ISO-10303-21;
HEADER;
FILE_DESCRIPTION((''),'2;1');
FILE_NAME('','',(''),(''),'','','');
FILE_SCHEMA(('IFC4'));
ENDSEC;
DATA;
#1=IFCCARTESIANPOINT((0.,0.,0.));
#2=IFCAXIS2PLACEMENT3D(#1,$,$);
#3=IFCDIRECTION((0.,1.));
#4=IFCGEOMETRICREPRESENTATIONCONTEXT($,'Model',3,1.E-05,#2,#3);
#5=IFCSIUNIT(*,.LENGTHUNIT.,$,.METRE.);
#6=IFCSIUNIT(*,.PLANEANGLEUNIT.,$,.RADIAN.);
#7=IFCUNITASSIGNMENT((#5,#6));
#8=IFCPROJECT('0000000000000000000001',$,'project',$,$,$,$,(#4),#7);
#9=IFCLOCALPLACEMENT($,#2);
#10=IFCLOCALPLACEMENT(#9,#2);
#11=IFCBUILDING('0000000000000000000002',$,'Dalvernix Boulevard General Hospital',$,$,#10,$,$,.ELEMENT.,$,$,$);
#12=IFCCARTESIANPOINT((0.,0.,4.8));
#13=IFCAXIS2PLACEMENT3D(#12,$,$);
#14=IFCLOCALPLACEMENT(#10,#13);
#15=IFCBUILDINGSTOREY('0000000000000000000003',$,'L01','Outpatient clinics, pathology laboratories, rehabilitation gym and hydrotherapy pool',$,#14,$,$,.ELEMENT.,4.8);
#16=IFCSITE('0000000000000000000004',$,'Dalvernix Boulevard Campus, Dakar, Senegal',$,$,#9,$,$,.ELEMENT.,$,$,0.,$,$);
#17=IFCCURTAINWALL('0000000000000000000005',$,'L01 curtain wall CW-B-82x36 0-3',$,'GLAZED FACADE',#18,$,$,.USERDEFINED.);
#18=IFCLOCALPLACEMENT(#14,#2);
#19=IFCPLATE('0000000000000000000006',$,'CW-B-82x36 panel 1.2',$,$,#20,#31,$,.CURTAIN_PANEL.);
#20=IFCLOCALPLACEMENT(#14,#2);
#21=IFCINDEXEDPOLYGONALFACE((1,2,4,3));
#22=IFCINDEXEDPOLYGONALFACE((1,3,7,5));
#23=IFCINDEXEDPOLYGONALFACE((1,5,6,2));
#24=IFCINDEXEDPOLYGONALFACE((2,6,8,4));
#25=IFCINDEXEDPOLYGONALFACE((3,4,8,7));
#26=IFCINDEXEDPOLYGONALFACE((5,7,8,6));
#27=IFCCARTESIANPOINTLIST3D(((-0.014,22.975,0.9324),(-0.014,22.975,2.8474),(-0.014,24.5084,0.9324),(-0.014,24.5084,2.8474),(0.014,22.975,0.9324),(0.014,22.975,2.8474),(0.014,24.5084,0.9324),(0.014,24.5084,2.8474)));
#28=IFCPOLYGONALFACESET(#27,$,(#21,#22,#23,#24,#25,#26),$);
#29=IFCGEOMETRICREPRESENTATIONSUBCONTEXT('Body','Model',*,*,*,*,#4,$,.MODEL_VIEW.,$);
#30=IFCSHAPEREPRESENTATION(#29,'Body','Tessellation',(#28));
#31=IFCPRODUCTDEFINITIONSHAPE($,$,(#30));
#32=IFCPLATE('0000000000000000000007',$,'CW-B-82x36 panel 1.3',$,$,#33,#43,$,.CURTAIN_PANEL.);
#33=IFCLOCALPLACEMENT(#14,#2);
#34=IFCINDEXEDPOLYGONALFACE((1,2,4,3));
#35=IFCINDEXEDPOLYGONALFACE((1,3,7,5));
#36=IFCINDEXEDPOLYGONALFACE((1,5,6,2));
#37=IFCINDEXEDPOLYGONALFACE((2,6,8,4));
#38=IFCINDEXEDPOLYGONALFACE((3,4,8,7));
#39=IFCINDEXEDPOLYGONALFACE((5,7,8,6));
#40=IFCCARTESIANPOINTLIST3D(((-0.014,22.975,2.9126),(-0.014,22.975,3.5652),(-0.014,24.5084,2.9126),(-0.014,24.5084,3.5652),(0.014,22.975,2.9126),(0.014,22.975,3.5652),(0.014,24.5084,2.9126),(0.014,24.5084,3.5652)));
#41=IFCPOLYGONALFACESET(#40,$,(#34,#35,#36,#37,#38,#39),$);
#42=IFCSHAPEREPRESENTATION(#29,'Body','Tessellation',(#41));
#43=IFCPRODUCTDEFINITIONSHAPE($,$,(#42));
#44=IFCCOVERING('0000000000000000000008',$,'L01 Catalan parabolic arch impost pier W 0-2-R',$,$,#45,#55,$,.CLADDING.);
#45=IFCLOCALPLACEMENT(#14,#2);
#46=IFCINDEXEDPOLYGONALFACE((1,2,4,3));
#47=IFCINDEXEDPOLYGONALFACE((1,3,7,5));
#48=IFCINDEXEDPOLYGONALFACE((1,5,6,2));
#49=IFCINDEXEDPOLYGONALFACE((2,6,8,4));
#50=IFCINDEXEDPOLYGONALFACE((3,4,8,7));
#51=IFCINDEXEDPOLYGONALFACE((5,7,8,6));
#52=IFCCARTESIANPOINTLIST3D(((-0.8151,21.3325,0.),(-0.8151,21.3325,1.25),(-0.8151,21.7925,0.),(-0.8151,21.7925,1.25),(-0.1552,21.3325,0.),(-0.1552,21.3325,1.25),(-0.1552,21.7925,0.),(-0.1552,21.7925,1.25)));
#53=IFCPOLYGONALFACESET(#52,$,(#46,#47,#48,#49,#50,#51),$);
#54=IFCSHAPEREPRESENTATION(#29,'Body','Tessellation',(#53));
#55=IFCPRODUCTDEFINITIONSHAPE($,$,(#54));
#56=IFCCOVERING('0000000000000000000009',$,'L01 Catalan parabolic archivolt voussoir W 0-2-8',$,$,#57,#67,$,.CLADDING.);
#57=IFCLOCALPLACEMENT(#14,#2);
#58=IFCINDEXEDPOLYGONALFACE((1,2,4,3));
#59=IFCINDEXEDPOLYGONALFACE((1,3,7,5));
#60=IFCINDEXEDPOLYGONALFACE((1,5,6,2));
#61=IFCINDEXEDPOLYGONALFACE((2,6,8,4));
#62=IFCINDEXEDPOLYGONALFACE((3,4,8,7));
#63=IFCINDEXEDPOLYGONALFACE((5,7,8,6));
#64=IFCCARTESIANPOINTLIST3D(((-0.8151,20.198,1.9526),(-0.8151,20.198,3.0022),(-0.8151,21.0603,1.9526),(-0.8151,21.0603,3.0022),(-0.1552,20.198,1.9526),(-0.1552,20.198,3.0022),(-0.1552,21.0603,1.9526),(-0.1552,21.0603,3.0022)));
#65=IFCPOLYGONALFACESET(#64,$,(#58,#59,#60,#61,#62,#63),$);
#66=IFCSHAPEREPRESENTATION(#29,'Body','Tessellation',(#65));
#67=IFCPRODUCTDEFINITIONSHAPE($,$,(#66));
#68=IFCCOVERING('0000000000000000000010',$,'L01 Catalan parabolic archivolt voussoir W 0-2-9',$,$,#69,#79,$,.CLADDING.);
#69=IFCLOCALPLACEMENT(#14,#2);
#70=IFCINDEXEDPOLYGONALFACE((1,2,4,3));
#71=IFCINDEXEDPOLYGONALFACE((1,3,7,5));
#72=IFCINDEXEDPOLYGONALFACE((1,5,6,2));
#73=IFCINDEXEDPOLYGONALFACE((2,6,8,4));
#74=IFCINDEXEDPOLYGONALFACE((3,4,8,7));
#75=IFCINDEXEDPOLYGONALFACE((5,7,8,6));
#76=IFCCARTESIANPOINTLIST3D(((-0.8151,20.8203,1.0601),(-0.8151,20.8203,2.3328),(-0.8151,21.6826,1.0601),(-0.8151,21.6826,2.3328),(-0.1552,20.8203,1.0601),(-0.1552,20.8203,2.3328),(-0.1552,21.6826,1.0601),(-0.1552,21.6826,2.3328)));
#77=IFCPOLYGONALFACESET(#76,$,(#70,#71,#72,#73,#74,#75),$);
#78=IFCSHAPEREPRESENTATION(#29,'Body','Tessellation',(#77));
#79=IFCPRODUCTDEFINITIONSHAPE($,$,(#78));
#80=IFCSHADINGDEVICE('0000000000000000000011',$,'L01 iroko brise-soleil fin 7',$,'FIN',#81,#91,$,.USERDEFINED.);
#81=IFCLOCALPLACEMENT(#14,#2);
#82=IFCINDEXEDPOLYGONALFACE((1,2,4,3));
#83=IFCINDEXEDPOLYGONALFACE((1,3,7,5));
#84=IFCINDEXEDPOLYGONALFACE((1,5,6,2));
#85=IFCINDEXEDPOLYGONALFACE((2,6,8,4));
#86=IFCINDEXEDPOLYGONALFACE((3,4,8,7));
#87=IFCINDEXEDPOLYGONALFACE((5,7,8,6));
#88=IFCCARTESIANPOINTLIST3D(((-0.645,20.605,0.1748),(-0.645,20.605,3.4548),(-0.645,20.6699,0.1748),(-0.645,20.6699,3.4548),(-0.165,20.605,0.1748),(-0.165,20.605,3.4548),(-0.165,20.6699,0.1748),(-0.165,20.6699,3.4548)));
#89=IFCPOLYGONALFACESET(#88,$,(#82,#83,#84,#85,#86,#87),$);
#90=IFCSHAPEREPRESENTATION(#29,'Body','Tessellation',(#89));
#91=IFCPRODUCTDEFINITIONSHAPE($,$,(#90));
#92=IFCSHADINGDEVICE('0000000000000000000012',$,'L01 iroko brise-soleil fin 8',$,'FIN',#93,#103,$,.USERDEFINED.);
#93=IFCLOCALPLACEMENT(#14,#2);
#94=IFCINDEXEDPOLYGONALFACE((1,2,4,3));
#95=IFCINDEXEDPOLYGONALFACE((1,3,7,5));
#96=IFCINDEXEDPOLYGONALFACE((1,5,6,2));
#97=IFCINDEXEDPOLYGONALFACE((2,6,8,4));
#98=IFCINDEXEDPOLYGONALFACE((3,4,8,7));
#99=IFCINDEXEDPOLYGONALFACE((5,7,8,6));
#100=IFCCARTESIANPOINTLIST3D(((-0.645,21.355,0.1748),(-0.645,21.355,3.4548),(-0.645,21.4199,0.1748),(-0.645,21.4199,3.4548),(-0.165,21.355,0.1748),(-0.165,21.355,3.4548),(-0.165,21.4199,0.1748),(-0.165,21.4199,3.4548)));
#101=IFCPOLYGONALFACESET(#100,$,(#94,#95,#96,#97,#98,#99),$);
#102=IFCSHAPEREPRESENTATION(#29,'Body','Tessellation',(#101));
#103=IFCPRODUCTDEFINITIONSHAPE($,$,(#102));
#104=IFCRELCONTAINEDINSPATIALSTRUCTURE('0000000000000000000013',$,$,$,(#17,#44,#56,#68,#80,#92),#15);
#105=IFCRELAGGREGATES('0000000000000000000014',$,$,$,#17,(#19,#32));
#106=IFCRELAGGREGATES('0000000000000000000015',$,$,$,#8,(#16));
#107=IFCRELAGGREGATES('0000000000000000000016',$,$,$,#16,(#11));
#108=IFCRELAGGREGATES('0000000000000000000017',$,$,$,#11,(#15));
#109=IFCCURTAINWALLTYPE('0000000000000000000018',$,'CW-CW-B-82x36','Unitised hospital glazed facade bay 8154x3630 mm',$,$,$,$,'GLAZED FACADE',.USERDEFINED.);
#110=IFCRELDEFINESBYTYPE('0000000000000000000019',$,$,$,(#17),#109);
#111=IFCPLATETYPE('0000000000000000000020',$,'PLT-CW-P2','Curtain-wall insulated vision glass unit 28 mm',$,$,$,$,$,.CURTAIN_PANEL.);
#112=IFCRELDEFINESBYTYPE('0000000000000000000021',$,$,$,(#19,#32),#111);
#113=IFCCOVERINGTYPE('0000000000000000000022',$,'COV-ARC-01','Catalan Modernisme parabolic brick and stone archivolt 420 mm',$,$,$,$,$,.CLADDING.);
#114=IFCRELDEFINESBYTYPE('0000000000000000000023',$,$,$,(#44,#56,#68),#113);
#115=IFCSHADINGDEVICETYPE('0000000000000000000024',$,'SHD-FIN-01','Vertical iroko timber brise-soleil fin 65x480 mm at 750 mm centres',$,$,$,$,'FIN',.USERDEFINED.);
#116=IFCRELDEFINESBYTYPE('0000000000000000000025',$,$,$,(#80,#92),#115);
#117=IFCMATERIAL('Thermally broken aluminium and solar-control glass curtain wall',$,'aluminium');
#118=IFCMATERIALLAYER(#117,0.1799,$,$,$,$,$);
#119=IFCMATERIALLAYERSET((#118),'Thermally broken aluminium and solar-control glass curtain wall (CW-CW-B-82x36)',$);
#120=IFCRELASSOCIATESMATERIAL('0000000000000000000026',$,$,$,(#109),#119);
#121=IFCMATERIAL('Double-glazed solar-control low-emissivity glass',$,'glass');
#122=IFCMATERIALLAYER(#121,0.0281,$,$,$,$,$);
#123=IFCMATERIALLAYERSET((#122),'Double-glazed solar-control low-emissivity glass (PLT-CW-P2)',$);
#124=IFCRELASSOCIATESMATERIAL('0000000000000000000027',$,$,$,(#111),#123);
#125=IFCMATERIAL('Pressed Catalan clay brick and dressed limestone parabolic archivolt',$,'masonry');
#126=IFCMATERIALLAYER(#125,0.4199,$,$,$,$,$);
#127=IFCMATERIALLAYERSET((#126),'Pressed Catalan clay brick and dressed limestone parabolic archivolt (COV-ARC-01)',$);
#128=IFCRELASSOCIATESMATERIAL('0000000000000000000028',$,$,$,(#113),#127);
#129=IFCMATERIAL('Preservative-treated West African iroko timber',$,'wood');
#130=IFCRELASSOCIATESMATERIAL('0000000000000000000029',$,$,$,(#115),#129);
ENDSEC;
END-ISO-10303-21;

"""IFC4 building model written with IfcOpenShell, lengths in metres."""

from ifc_helpers import new_model, si_unit, direction, frame, origin, origin_2d, place, context, subcontext, project, spatial, rectangle, extrude, material, layer, layer_set, type_object, element, aggregate, save


model = new_model("IFC4")

# Units and contexts
model_context = context("Model", 3, precision=1e-05, world=origin(), true_north=direction((0.0, 1.0)))
body_context = subcontext(model_context, "Body", "Model", "MODEL_VIEW")
ifc_project = project(units=[si_unit("LENGTHUNIT", "METRE"), si_unit("PLANEANGLEUNIT", "RADIAN")], contexts=[model_context])

# Site, building, storey
site_placement = place(None, origin())
site = spatial("IfcSite", under=ifc_project, at=site_placement, Name="Dalvernix Boulevard Campus, Dakar, Senegal", CompositionType="ELEMENT", RefElevation=0.0)
building_placement = place(site_placement, origin())
building = spatial("IfcBuilding", under=site, at=building_placement, Name="Dalvernix Boulevard General Hospital", CompositionType="ELEMENT")
storey_placement = place(building_placement, frame((0.0, 0.0, 4.8)))
storey = spatial("IfcBuildingStorey", under=building, at=storey_placement, Name="L01", Description="Outpatient clinics, pathology laboratories, rehabilitation gym and hydrotherapy pool", CompositionType="ELEMENT", Elevation=4.8)

# Curtain wall, plates
ifc_material_1 = material(Name="Thermally broken aluminium and solar-control glass curtain wall", Category="aluminium")
ifc_layer_1 = layer(ifc_material_1, 0.1799)
ifc_layer_set_1 = layer_set([ifc_layer_1], Name="Thermally broken aluminium and solar-control glass curtain wall (CW-CW-B-82x36)")
curtain_wall_type = type_object("IfcCurtainWallType", Name="CW-CW-B-82x36", Description="Unitised hospital glazed facade bay 8154x3630 mm", ElementType="GLAZED FACADE", PredefinedType="USERDEFINED", material=ifc_layer_set_1)
curtain_wall_placement = place(storey_placement, origin())
curtain_wall = element("IfcCurtainWall", 1, at=curtain_wall_placement, inside=storey, type_object=curtain_wall_type, Name="L01 curtain wall CW-B-82x36 0-3", ObjectType="GLAZED FACADE", PredefinedType="USERDEFINED")
ifc_material_2 = material(Name="Double-glazed solar-control low-emissivity glass", Category="glass")
ifc_layer_2 = layer(ifc_material_2, 0.0281)
ifc_layer_set_2 = layer_set([ifc_layer_2], Name="Double-glazed solar-control low-emissivity glass (PLT-CW-P2)")
plate_type = type_object("IfcPlateType", Name="PLT-CW-P2", Description="Curtain-wall insulated vision glass unit 28 mm", PredefinedType="CURTAIN_PANEL", material=ifc_layer_set_2)
plate_1_placement = place(storey_placement, frame((0.0, 23.7417, 0.9324), z_axis=(0.0, 0.0, 1.0), x_axis=(0.0, 1.0, 0.0)))
plate_1 = element("IfcPlate", 2, at=plate_1_placement, type_object=plate_type, Name="CW-B-82x36 panel 1.2", PredefinedType="CURTAIN_PANEL", context=body_context, shape_type="SweptSolid", body=[
    extrude(rectangle(XDim=1.5334, YDim=0.0281, at=origin_2d()), origin(), (0.0, 0.0, 1.0), 1.915),
])
plate_2_placement = place(storey_placement, frame((0.0, 23.7417, 2.9126), z_axis=(0.0, 0.0, 1.0), x_axis=(0.0, 1.0, 0.0)))
plate_2 = element("IfcPlate", 3, at=plate_2_placement, type_object=plate_type, Name="CW-B-82x36 panel 1.3", PredefinedType="CURTAIN_PANEL", context=body_context, shape_type="SweptSolid", body=[
    extrude(rectangle(XDim=1.5334, YDim=0.0281, at=origin_2d()), origin(), (0.0, 0.0, 1.0), 0.6526),
])
aggregate(curtain_wall, [plate_1, plate_2])

# Coverings
ifc_material_3 = material(Name="Pressed Catalan clay brick and dressed limestone parabolic archivolt", Category="masonry")
ifc_layer_3 = layer(ifc_material_3, 0.4199)
ifc_layer_set_3 = layer_set([ifc_layer_3], Name="Pressed Catalan clay brick and dressed limestone parabolic archivolt (COV-ARC-01)")
covering_type = type_object("IfcCoveringType", Name="COV-ARC-01", Description="Catalan Modernisme parabolic brick and stone archivolt 420 mm", PredefinedType="CLADDING", material=ifc_layer_set_3)
covering_1_placement = place(storey_placement, frame((-0.4851, 21.5625, 0.0), z_axis=(0.0, 0.0, 1.0), x_axis=(0.0, 1.0, 0.0)))
element("IfcCovering", 4, at=covering_1_placement, inside=storey, type_object=covering_type, Name="L01 Catalan parabolic arch impost pier W 0-2-R", PredefinedType="CLADDING", context=body_context, shape_type="SweptSolid", body=[
    extrude(rectangle(XDim=0.46, YDim=0.6599, at=origin_2d()), origin(), (0.0, 0.0, 1.0), 1.25),
])
covering_2_placement = place(storey_placement, frame((-0.4851, 20.6292, 1.9526), z_axis=(0.0, 0.0, 1.0), x_axis=(0.0, 1.0, 0.0)))
element("IfcCovering", 5, at=covering_2_placement, inside=storey, type_object=covering_type, Name="L01 Catalan parabolic archivolt voussoir W 0-2-8", PredefinedType="CLADDING", context=body_context, shape_type="SweptSolid", body=[
    extrude(rectangle(XDim=0.8623, YDim=0.6599, at=origin_2d()), origin(), (0.0, 0.0, 1.0), 1.0496),
])
covering_3_placement = place(storey_placement, frame((-0.4851, 21.2515, 1.0601), z_axis=(0.0, 0.0, 1.0), x_axis=(0.0, 1.0, 0.0)))
element("IfcCovering", 6, at=covering_3_placement, inside=storey, type_object=covering_type, Name="L01 Catalan parabolic archivolt voussoir W 0-2-9", PredefinedType="CLADDING", context=body_context, shape_type="SweptSolid", body=[
    extrude(rectangle(XDim=0.8623, YDim=0.6599, at=origin_2d()), origin(), (0.0, 0.0, 1.0), 1.2727),
])

# Shading devices
ifc_material_4 = material(Name="Preservative-treated West African iroko timber", Category="wood")
shading_device_type = type_object("IfcShadingDeviceType", Name="SHD-FIN-01", Description="Vertical iroko timber brise-soleil fin 65x480 mm at 750 mm centres", ElementType="FIN", PredefinedType="USERDEFINED", material=ifc_material_4)
for number, where, z_axis, x_axis, name in (
    (7, (-0.405, 20.6375, 0.1748), (0.0, 0.0, 1.0), (0.0, 1.0, 0.0), "L01 iroko brise-soleil fin 7"),
    (8, (-0.405, 21.3875, 0.1748), (0.0, 0.0, 1.0), (0.0, 1.0, 0.0), "L01 iroko brise-soleil fin 8"),
):
    element("IfcShadingDevice", number, at=place(storey_placement, frame(where, z_axis=z_axis, x_axis=x_axis)), inside=storey, type_object=shading_device_type, Name=name, ObjectType="FIN", PredefinedType="USERDEFINED", context=body_context, shape_type="SweptSolid", body=[
        extrude(rectangle(XDim=0.0649, YDim=0.48, at=origin_2d()), origin(), (0.0, 0.0, 1.0), 3.28),
    ])

save(model, "model.ifc")
